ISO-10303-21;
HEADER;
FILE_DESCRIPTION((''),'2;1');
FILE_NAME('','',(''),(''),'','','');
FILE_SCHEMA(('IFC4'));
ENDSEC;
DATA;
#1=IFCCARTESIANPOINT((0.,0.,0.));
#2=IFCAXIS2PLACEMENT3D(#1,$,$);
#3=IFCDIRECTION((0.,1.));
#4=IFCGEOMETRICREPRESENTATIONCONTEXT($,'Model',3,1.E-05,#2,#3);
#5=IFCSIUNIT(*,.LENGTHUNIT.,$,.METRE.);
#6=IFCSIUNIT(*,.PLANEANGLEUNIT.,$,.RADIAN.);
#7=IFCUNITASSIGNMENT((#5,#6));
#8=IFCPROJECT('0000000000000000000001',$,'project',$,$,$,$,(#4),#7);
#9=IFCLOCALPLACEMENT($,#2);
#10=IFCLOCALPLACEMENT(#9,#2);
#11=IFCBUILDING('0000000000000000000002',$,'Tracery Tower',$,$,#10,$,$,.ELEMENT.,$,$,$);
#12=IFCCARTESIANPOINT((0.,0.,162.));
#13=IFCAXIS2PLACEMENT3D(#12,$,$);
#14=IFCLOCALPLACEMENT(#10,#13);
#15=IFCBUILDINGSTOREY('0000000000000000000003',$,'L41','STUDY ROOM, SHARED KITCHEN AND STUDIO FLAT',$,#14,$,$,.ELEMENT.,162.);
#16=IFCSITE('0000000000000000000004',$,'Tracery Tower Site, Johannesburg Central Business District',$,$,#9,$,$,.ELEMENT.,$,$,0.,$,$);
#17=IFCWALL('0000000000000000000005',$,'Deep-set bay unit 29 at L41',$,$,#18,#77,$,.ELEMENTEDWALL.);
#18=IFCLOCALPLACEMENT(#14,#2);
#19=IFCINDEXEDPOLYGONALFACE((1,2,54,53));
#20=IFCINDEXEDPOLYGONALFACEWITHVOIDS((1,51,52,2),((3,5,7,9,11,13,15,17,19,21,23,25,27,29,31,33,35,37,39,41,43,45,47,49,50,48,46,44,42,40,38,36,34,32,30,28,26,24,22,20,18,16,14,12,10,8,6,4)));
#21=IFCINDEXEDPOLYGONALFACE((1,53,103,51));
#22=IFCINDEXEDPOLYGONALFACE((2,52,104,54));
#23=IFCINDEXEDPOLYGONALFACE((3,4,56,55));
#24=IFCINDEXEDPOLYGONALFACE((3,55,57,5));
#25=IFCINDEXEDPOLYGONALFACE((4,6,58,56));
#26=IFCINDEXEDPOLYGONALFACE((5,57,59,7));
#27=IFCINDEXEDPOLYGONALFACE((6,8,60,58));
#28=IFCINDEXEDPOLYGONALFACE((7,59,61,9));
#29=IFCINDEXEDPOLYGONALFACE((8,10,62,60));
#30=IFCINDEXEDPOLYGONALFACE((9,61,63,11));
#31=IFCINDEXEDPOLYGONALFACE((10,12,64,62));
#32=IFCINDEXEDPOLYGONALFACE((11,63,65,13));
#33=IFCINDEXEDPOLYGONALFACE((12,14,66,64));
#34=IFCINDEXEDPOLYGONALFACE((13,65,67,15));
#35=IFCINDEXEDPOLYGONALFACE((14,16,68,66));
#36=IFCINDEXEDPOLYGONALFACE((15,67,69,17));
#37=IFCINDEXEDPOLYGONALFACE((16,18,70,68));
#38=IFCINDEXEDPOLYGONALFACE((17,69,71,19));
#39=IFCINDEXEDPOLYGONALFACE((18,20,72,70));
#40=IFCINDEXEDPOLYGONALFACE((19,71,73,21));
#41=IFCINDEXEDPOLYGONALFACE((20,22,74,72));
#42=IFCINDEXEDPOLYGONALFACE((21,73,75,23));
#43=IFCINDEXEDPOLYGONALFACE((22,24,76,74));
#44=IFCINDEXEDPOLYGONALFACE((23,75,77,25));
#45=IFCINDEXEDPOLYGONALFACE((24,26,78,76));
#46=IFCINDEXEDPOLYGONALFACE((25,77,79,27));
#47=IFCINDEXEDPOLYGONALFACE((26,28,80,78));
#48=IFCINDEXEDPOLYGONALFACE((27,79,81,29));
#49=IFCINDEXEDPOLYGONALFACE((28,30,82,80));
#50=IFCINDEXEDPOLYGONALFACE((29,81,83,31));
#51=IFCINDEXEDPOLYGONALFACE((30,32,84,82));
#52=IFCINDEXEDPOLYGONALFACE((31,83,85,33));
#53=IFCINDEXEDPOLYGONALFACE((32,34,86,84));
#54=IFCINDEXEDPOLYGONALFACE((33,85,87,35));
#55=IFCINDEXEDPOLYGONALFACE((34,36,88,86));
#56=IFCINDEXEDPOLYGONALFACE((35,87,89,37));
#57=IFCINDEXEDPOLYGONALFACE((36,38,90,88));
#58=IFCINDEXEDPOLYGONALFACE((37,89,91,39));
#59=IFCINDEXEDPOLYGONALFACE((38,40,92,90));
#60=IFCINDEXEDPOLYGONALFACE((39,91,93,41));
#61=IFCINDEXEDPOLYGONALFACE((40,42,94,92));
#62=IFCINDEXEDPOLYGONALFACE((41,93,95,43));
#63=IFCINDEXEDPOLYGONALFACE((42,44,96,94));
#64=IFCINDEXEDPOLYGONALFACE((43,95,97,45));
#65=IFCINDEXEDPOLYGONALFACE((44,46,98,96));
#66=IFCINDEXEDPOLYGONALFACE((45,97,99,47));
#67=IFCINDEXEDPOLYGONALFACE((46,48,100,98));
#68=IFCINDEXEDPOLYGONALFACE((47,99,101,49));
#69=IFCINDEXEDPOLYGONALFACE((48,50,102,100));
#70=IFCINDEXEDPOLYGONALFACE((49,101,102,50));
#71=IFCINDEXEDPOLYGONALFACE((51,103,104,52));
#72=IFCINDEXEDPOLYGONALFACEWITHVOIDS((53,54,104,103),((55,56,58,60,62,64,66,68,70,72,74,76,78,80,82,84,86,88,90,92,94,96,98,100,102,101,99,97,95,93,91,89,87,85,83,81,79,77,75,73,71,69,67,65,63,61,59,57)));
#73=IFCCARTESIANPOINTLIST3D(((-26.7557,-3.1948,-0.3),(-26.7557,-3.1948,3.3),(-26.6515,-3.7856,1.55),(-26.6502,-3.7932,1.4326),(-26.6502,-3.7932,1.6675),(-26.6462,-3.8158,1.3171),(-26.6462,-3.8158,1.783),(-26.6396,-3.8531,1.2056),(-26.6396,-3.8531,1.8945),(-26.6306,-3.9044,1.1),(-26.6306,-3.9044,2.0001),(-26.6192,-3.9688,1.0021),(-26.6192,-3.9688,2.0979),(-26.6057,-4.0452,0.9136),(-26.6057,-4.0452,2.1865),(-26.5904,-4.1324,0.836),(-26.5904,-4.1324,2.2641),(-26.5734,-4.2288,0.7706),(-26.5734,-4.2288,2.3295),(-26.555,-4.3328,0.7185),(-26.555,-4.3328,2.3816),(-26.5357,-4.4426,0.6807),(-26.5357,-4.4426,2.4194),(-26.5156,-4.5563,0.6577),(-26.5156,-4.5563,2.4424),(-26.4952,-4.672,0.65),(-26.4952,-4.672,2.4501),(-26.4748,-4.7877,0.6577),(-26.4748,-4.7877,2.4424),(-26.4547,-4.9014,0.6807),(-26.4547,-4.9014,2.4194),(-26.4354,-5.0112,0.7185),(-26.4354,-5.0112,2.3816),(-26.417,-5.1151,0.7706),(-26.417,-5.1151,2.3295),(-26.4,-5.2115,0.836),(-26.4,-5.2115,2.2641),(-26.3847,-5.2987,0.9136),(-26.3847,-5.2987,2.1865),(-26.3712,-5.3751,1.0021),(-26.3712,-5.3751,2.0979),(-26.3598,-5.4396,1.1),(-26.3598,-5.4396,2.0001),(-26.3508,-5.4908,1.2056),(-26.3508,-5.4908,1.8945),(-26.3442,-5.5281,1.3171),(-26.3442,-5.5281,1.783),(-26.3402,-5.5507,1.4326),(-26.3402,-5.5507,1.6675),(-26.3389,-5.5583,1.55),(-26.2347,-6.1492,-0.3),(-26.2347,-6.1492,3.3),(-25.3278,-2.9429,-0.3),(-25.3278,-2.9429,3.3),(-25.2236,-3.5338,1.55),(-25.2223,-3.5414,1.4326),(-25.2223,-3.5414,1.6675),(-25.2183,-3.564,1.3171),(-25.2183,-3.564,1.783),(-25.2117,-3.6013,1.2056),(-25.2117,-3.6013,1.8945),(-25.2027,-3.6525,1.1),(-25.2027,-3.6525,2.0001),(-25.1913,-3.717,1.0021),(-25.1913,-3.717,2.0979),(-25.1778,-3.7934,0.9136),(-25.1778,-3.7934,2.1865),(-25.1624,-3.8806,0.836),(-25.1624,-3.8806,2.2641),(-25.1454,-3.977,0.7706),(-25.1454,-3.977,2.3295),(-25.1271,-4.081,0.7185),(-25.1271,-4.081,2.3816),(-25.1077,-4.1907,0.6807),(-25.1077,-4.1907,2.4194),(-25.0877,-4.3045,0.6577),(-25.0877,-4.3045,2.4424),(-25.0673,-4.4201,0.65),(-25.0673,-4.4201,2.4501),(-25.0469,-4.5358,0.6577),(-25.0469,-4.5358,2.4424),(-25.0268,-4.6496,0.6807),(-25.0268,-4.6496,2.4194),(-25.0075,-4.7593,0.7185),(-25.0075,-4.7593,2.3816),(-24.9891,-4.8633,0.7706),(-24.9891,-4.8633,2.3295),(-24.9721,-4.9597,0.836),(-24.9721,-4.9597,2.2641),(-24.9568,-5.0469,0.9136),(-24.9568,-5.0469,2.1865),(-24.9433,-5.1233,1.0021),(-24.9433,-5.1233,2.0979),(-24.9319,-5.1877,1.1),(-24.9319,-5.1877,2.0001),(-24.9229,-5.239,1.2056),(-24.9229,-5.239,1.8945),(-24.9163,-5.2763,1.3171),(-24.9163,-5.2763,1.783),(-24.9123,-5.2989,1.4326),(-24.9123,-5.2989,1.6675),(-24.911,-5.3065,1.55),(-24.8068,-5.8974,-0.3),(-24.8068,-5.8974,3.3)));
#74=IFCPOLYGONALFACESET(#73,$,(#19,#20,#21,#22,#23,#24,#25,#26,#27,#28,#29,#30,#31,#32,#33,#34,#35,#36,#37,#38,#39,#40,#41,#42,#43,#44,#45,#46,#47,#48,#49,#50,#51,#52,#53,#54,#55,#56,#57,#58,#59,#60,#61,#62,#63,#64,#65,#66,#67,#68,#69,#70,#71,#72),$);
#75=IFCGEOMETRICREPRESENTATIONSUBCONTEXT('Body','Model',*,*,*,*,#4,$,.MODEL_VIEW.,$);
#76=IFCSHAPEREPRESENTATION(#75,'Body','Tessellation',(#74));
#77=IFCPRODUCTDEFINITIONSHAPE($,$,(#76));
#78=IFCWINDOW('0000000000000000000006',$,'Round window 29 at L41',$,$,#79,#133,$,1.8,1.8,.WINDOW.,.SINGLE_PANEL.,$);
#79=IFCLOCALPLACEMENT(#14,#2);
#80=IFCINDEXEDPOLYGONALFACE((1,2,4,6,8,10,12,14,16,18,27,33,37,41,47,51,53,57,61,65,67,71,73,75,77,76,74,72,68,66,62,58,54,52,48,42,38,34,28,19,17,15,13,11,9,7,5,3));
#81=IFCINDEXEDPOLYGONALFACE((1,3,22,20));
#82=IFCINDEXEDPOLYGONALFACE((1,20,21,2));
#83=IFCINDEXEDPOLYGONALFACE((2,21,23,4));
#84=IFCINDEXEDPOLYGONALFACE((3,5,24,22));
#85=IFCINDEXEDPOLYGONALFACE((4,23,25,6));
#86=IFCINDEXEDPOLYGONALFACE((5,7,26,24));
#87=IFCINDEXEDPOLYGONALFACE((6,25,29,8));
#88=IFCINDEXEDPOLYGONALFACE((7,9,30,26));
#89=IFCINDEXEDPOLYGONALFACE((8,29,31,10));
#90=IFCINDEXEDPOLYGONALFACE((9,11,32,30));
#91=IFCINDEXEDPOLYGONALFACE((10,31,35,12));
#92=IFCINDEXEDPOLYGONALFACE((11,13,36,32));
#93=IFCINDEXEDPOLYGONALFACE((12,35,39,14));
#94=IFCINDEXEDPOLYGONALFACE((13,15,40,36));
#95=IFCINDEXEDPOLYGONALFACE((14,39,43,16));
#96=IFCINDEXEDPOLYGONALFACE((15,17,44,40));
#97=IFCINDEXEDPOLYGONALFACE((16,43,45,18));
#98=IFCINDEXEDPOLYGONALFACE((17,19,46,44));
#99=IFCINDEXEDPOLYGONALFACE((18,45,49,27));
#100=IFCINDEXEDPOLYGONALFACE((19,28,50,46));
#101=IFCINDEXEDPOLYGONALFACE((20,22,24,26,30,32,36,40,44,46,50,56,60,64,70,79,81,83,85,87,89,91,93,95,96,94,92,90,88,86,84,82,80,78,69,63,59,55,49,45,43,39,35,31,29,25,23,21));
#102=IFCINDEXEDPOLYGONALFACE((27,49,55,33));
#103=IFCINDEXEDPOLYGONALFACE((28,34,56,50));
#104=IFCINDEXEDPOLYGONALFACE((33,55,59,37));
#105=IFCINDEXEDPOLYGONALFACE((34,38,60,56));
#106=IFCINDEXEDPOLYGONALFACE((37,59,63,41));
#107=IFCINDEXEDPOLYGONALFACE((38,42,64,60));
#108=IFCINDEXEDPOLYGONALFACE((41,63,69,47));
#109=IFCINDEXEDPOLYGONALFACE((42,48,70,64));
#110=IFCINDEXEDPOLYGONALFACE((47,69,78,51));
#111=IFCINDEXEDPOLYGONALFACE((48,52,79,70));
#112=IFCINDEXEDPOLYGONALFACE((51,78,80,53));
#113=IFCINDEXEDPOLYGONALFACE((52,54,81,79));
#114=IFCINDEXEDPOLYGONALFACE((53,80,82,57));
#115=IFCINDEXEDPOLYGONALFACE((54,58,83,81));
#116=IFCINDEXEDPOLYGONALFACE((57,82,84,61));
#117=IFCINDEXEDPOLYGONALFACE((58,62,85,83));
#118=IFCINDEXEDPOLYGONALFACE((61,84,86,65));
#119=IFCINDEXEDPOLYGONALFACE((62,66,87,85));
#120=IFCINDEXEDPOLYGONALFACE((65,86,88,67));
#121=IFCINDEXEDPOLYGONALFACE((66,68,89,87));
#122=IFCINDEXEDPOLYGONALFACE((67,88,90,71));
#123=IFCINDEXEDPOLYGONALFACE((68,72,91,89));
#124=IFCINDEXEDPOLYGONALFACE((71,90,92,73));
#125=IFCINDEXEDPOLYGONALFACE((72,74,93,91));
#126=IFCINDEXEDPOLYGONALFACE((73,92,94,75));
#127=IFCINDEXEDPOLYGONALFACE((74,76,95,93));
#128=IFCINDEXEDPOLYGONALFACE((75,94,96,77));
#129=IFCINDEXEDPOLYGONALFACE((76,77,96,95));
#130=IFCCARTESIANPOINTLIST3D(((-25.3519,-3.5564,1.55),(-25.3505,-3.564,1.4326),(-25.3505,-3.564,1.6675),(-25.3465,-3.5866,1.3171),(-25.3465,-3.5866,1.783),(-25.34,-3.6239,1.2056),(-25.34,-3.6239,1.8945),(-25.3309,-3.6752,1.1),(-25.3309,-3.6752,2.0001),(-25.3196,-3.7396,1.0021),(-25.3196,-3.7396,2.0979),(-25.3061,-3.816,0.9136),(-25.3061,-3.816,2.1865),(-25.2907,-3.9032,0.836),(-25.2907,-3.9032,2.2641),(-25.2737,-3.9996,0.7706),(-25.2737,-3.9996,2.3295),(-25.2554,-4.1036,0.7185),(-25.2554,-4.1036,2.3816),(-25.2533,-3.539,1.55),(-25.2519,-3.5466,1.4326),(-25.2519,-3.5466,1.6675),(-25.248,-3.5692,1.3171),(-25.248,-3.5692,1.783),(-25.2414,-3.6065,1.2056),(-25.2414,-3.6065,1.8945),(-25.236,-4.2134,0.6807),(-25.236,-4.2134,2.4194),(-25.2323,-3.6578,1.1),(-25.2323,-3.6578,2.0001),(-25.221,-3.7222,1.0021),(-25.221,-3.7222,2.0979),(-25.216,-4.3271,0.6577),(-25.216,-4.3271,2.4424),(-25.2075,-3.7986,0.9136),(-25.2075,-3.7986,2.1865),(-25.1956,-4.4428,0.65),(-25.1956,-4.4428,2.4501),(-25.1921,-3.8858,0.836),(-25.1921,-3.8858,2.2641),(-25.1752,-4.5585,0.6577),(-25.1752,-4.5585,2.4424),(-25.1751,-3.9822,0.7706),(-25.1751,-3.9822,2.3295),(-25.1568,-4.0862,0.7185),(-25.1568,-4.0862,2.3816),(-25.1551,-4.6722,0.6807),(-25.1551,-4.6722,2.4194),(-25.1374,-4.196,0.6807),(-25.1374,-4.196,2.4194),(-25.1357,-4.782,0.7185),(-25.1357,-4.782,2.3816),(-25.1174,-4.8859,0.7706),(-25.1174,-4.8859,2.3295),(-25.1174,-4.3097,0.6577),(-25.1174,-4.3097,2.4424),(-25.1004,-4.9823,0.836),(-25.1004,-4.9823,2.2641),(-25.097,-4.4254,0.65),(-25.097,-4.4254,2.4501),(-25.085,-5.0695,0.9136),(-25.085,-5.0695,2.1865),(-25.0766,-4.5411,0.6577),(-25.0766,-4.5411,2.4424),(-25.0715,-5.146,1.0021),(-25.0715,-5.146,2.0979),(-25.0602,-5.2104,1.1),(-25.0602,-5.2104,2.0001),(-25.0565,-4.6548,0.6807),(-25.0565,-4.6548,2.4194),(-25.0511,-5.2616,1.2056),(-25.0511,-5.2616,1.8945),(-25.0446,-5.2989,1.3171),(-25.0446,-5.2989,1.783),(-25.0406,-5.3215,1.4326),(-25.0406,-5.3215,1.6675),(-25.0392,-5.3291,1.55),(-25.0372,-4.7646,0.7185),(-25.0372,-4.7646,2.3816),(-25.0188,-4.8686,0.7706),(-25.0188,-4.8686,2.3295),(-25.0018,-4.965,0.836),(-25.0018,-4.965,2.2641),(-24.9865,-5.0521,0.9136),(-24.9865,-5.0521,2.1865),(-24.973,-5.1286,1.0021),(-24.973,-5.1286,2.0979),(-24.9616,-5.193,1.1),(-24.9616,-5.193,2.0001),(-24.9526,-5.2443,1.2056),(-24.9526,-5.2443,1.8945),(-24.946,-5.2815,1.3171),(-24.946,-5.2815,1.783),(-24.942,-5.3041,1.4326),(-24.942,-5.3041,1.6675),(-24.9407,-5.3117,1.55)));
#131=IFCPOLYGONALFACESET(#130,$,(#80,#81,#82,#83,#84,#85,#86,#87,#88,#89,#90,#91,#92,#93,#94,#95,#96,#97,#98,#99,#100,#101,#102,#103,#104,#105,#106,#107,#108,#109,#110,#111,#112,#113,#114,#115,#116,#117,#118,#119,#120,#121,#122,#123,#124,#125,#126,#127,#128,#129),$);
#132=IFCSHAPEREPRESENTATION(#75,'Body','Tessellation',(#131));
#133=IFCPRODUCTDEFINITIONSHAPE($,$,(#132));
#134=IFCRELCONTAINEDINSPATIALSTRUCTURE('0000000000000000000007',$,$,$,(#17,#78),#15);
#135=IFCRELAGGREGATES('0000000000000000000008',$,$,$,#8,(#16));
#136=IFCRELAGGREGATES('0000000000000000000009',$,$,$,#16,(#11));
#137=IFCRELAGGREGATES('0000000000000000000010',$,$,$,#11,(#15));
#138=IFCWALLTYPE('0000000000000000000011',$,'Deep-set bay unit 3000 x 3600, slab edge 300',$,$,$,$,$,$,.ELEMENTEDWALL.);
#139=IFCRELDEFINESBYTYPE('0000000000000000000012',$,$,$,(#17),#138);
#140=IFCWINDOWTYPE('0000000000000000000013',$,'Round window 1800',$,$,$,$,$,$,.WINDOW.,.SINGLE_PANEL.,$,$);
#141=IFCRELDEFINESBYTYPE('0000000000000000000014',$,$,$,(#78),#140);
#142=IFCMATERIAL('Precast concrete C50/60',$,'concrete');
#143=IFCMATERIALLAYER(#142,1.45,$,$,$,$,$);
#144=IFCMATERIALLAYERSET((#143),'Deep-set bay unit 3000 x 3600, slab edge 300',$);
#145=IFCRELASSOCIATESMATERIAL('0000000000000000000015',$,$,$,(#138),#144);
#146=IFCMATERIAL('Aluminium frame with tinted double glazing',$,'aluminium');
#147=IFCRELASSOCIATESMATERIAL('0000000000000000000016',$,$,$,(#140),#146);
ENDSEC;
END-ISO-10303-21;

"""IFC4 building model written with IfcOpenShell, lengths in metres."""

from ifc_helpers import new_model, si_unit, direction, frame, frame_2d, origin, origin_2d, place, context, subcontext, project, spatial, rectangle, circle, extrude, material, layer, layer_set, type_object, element, fill, save


model = new_model("IFC4")

# Units and contexts
model_context = context("Model", 3, precision=1e-05, world=origin(), true_north=direction((0.0, 1.0)))
body_context = subcontext(model_context, "Body", "Model", "MODEL_VIEW")
ifc_project = project(units=[si_unit("LENGTHUNIT", "METRE"), si_unit("PLANEANGLEUNIT", "RADIAN")], contexts=[model_context])

# Site, building, storey
site_placement = place(None, origin())
site = spatial("IfcSite", under=ifc_project, at=site_placement, Name="Tracery Tower Site, Johannesburg Central Business District", CompositionType="ELEMENT", RefElevation=0.0)
building_placement = place(site_placement, origin())
building = spatial("IfcBuilding", under=site, at=building_placement, Name="Tracery Tower", CompositionType="ELEMENT")
storey_placement = place(building_placement, frame((0.0, 0.0, 162.0)))
storey = spatial("IfcBuildingStorey", under=building, at=storey_placement, Name="L41", Description="STUDY ROOM, SHARED KITCHEN AND STUDIO FLAT", CompositionType="ELEMENT", Elevation=162.0)

# Wall, opening, window
ifc_material_1 = material(Name="Precast concrete C50/60", Category="concrete")
ifc_layer_1 = layer(ifc_material_1, 1.45)
ifc_layer_set_1 = layer_set([ifc_layer_1], Name="Deep-set bay unit 3000 x 3600, slab edge 300")
wall_type_1 = type_object("IfcWallType", Name="Deep-set bay unit 3000 x 3600, slab edge 300", PredefinedType="ELEMENTEDWALL", material=ifc_layer_set_1)
wall_1_placement = place(storey_placement, frame((-26.0417, -3.0688, -0.3), z_axis=(0.0, 0.0, 1.0), x_axis=(0.173669, -0.984804, 0.0)))
wall_1 = element("IfcWall", 1, at=wall_1_placement, inside=storey, type_object=wall_type_1, Name="Deep-set bay unit 29 at L41", PredefinedType="ELEMENTEDWALL", context=body_context, shape_type="SweptSolid", body=[
    extrude(rectangle(XDim=3.0, YDim=1.45, at=frame_2d((1.5, 0.0))), origin(), (0.0, 0.0, 1.0), 3.6001),
])
opening_1_placement = place(wall_1_placement, frame((1.5, 0.0, 1.8501)))
opening_1 = element("IfcOpeningElement", 2, at=opening_1_placement, cuts=wall_1, PredefinedType="OPENING", context=body_context, shape_type="SweptSolid", body=[
    extrude(circle(Radius=0.9, at=origin_2d()), frame((0.0, 0.7349, 0.0), z_axis=(0.0, -1.0, 0.0), x_axis=(1.0, 0.0, 0.0)), (0.0, 0.0, 1.0), 1.47),
])
ifc_material_2 = material(Name="Aluminium frame with tinted double glazing", Category="aluminium")
window_type = type_object("IfcWindowType", Name="Round window 1800", PartitioningType="SINGLE_PANEL", PredefinedType="WINDOW", material=ifc_material_2)
window_1_placement = place(opening_1_placement, origin())
window_1 = element("IfcWindow", 3, at=window_1_placement, inside=storey, type_object=window_type, Name="Round window 29 at L41", OverallHeight=1.8, OverallWidth=1.8, PartitioningType="SINGLE_PANEL", PredefinedType="WINDOW", context=body_context, shape_type="SweptSolid", body=[
    extrude(circle(Radius=0.9, at=origin_2d()), frame((0.0, 0.6948, 0.0), z_axis=(0.0, -1.0, 0.0), x_axis=(1.0, 0.0, 0.0)), (0.0, 0.0, 1.0), 0.1001),
])
fill(opening_1, window_1)

save(model, "model.ifc")
